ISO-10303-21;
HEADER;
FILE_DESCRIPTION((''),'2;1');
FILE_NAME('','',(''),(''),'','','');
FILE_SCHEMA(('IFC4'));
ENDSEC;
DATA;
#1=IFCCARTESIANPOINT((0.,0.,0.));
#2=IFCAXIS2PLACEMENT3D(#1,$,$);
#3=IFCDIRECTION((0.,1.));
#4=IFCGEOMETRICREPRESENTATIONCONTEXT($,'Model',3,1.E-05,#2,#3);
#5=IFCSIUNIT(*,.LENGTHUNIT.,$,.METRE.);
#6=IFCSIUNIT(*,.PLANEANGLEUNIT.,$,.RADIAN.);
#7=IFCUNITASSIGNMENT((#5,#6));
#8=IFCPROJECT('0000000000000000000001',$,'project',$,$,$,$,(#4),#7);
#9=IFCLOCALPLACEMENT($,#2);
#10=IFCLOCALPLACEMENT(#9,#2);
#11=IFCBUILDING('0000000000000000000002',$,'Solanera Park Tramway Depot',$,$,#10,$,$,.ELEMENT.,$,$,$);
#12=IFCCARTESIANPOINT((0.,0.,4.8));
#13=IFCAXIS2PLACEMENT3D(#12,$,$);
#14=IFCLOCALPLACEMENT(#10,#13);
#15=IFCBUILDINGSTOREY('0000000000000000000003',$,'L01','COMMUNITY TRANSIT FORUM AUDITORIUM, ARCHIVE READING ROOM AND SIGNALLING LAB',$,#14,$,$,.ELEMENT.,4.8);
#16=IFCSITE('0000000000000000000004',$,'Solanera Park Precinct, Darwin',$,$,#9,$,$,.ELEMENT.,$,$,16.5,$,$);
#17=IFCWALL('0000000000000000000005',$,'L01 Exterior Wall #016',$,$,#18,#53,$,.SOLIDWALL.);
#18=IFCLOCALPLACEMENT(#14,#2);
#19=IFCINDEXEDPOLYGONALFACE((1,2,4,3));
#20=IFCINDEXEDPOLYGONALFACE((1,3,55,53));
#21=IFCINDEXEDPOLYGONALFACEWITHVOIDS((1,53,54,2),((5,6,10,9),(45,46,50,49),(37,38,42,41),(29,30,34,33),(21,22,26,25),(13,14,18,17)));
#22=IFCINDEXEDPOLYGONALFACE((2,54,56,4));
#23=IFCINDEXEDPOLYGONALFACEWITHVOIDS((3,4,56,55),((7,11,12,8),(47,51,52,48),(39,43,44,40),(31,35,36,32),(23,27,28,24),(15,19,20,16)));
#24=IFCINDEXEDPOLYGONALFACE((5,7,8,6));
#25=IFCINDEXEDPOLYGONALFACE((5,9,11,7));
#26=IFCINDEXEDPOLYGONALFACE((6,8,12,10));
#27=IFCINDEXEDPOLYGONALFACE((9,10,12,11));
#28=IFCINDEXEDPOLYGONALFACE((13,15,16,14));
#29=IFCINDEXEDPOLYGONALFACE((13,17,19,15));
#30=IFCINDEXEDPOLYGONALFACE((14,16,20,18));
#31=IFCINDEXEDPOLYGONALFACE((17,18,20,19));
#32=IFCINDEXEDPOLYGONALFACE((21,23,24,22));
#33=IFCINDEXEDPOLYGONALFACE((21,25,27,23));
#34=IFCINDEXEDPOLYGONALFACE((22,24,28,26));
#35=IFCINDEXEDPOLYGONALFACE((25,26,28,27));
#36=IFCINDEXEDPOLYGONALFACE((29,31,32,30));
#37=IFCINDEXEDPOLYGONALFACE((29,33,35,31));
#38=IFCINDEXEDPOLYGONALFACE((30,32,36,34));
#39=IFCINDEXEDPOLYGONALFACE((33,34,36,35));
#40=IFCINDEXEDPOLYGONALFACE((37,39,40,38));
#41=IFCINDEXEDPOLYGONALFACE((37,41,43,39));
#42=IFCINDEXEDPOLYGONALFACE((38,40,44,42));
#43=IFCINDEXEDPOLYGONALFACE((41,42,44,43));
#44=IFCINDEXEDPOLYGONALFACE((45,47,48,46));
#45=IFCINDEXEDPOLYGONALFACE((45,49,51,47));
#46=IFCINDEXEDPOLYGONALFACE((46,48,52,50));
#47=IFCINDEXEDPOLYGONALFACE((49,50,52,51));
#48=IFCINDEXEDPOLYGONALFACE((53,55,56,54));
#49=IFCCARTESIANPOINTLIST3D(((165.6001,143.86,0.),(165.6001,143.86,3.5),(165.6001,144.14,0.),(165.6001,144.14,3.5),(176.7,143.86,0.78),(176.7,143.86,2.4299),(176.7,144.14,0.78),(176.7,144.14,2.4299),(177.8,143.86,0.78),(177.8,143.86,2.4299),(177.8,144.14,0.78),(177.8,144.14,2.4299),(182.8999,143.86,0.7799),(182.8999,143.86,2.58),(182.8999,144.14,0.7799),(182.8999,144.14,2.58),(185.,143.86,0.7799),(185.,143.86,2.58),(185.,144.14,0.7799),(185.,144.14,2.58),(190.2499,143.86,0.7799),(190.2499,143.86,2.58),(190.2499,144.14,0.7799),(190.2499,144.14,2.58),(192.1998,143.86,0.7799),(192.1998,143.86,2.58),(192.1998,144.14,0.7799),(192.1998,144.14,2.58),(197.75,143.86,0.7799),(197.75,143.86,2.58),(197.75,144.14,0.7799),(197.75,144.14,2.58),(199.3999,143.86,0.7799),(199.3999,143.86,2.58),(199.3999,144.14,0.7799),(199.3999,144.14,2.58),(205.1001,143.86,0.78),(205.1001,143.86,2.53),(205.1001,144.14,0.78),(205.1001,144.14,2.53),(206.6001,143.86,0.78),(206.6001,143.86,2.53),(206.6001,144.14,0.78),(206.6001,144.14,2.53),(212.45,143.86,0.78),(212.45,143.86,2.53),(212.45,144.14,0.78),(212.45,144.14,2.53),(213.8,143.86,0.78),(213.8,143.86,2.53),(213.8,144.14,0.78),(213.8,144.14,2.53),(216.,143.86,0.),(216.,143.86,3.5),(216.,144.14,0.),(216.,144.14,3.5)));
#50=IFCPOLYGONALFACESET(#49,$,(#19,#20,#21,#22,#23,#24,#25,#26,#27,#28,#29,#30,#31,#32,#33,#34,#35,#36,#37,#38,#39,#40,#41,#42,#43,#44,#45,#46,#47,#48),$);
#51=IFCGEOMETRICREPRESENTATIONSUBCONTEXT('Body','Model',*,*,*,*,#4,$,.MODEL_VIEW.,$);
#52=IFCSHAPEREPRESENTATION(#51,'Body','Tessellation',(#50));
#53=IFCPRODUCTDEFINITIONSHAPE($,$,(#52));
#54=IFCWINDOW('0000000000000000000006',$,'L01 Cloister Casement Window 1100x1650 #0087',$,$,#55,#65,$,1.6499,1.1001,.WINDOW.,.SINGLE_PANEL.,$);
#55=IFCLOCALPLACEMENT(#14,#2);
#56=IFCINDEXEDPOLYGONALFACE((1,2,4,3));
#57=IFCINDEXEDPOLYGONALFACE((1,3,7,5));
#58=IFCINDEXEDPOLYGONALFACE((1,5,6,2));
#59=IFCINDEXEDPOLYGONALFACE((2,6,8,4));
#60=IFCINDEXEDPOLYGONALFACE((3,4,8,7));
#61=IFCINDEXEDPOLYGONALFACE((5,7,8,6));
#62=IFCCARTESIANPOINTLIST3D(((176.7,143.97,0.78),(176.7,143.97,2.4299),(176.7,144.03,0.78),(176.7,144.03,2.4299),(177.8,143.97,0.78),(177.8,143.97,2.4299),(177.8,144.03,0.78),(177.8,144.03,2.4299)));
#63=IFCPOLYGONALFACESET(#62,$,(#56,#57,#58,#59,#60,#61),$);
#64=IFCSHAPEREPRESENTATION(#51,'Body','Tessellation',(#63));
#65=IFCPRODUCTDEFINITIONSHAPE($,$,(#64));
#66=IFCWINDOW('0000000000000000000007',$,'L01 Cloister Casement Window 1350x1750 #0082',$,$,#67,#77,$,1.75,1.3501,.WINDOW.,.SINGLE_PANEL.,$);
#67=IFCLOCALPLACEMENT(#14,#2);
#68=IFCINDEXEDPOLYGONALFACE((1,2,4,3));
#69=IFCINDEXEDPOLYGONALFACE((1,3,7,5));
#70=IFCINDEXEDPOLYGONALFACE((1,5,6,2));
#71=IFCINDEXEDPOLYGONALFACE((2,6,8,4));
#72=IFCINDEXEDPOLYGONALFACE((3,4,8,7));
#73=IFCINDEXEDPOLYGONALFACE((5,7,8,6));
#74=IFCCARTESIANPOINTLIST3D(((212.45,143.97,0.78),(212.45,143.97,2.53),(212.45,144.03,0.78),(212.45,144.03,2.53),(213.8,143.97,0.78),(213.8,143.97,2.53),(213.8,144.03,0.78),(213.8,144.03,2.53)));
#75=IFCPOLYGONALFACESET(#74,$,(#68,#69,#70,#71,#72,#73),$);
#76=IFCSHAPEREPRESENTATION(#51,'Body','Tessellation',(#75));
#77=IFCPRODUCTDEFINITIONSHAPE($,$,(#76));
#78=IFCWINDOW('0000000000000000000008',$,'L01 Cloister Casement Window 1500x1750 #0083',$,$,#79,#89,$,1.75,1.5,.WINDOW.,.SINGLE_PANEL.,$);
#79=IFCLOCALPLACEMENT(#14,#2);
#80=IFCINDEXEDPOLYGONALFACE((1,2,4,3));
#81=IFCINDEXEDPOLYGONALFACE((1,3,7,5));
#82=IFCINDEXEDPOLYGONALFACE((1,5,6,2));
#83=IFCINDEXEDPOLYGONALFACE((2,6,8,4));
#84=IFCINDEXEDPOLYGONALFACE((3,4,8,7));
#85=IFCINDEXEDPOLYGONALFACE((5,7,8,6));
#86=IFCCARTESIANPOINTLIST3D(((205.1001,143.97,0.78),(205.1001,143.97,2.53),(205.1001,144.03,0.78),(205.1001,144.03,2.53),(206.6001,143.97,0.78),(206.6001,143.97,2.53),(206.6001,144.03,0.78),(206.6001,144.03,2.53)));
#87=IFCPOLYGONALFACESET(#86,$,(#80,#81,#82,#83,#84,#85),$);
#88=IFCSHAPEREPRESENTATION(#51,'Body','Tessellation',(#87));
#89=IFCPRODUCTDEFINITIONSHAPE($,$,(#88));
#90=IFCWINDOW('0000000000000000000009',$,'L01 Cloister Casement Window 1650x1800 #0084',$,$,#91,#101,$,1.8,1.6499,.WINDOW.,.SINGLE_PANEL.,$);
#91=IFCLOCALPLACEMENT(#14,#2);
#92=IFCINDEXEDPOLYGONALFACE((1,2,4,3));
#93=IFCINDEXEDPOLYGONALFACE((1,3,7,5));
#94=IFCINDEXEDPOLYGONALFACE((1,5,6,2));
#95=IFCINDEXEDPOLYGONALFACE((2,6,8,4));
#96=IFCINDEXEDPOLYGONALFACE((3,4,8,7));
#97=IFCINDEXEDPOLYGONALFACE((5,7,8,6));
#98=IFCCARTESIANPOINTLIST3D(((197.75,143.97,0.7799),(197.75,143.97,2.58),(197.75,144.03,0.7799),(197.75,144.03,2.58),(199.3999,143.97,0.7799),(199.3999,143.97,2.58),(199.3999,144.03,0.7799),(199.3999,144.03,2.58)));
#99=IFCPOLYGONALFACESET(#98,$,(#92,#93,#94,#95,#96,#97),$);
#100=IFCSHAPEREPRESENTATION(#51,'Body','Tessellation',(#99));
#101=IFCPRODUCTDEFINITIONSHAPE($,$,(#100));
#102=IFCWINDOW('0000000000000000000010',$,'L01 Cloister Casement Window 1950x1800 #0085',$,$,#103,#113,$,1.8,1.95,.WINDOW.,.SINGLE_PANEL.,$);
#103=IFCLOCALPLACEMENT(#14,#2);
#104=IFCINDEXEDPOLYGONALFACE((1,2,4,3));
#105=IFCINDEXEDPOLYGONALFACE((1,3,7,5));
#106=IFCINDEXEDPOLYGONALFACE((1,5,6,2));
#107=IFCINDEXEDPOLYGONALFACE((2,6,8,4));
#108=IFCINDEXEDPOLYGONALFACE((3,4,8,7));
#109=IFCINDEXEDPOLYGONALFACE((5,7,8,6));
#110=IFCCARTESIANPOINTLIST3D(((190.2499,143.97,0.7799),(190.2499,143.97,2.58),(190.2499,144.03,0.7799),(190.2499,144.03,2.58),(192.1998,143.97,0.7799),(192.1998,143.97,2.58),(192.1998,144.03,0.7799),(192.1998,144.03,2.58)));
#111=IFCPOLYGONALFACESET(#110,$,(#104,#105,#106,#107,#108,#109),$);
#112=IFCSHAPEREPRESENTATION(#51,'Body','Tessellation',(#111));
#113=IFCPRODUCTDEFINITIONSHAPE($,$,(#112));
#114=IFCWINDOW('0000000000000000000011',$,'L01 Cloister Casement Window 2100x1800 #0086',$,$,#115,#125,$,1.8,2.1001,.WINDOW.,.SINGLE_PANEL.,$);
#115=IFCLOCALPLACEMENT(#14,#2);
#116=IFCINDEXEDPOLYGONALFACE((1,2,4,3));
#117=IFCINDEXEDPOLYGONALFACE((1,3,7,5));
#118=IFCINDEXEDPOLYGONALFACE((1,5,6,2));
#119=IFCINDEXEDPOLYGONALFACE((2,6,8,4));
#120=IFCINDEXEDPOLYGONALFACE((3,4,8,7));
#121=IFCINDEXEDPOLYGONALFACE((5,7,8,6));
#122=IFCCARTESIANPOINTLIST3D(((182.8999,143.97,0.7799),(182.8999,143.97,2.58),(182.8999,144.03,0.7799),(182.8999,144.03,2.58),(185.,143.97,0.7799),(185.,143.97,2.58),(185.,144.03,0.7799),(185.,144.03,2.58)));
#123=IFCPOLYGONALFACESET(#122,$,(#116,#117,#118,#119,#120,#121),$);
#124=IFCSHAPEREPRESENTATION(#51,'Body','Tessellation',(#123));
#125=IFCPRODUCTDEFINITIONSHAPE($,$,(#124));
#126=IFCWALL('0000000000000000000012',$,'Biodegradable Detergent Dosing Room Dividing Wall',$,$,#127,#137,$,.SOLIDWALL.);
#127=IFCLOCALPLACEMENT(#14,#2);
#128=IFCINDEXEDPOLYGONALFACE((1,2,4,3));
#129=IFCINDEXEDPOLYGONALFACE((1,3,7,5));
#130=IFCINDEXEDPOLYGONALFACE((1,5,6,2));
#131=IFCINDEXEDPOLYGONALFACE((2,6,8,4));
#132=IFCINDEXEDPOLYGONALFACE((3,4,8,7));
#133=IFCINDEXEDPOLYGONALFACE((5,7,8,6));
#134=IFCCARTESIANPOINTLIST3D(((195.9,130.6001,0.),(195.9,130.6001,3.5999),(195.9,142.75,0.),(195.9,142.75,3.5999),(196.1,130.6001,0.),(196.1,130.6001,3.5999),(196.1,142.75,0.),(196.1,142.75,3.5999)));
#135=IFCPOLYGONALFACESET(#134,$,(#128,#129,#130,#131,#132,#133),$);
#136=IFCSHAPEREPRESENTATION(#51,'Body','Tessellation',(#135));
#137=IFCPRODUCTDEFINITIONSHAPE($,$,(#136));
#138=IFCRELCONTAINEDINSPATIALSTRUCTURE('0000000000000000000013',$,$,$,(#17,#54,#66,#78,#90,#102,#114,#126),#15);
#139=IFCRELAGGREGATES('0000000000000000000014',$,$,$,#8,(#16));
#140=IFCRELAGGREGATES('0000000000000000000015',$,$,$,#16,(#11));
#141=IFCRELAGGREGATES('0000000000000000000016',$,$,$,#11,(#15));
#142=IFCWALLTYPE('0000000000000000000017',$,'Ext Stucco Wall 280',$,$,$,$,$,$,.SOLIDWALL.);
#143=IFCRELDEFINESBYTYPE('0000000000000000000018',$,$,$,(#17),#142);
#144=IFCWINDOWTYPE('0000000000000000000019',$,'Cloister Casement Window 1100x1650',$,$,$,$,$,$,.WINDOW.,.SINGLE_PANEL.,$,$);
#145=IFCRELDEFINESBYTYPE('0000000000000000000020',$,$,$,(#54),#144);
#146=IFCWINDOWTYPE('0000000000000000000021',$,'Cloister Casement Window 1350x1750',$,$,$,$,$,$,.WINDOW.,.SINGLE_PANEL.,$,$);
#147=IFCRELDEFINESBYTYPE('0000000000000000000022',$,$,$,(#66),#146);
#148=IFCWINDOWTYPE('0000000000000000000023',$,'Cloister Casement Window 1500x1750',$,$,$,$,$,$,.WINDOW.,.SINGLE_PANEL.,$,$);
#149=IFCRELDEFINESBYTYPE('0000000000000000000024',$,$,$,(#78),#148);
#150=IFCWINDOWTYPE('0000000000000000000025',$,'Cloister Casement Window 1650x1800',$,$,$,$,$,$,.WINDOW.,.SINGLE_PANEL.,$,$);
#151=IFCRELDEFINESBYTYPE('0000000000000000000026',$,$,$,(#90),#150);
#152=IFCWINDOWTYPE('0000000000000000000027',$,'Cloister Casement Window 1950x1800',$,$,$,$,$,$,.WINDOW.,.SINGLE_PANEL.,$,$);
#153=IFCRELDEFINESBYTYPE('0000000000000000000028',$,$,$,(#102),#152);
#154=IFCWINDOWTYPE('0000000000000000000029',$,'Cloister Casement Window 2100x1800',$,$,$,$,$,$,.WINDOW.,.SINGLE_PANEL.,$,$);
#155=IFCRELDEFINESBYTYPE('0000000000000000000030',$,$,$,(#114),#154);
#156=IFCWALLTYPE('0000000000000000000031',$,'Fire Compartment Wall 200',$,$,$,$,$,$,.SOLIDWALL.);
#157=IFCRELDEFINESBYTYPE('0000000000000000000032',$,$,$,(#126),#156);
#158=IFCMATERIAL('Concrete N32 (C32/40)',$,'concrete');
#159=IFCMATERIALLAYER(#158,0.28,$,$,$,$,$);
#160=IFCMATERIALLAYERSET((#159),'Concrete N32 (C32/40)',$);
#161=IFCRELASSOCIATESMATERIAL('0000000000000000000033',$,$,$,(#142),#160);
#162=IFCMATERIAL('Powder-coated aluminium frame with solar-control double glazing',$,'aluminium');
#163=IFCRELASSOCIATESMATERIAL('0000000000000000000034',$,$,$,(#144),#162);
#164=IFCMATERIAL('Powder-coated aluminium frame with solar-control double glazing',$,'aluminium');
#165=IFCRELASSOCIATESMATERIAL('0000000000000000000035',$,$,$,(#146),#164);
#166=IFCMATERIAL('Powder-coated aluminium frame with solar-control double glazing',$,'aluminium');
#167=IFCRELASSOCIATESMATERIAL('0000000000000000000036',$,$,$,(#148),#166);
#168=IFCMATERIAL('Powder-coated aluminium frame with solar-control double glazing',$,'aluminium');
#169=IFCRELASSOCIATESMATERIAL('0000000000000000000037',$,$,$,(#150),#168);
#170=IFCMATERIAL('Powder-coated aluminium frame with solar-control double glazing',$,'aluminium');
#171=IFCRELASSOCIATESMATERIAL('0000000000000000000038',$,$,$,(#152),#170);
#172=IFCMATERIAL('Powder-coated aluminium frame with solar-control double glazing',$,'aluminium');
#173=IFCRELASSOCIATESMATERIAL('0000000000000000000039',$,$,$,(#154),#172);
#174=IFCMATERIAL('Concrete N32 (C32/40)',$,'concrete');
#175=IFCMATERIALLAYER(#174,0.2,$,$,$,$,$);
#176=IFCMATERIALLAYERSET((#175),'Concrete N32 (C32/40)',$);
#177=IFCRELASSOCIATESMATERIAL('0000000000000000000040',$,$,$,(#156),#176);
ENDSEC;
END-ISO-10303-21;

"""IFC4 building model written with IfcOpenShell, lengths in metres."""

from ifc_helpers import new_model, si_unit, direction, frame, frame_2d, origin, place, context, subcontext, project, spatial, rectangle, extrude, material, layer, layer_set, type_object, element, fill, save


model = new_model("IFC4")

# Units and contexts
model_context = context("Model", 3, precision=1e-05, world=origin(), true_north=direction((0.0, 1.0)))
body_context = subcontext(model_context, "Body", "Model", "MODEL_VIEW")
ifc_project = project(units=[si_unit("LENGTHUNIT", "METRE"), si_unit("PLANEANGLEUNIT", "RADIAN")], contexts=[model_context])

# Site, building, storey
site_placement = place(None, origin())
site = spatial("IfcSite", under=ifc_project, at=site_placement, Name="Solanera Park Precinct, Darwin", CompositionType="ELEMENT", RefElevation=16.5)
building_placement = place(site_placement, origin())
building = spatial("IfcBuilding", under=site, at=building_placement, Name="Solanera Park Tramway Depot", CompositionType="ELEMENT")
storey_placement = place(building_placement, frame((0.0, 0.0, 4.8)))
storey = spatial("IfcBuildingStorey", under=building, at=storey_placement, Name="L01", Description="COMMUNITY TRANSIT FORUM AUDITORIUM, ARCHIVE READING ROOM AND SIGNALLING LAB", CompositionType="ELEMENT", Elevation=4.8)

# Wall, openings, windows
ifc_material_1 = material(Name="Concrete N32 (C32/40)", Category="concrete")
ifc_layer_1 = layer(ifc_material_1, 0.28)
ifc_layer_set_1 = layer_set([ifc_layer_1], Name="Concrete N32 (C32/40)")
wall_type_1 = type_object("IfcWallType", Name="Ext Stucco Wall 280", PredefinedType="SOLIDWALL", material=ifc_layer_set_1)
wall_1_placement = place(storey_placement, frame((216.0, 144.0, 0.0), z_axis=(0.0, 0.0, 1.0), x_axis=(-1.0, 0.0, 0.0)))
wall_1 = element("IfcWall", 1, at=wall_1_placement, inside=storey, type_object=wall_type_1, Name="L01 Exterior Wall #016", PredefinedType="SOLIDWALL", context=body_context, shape_type="SweptSolid", body=[
    extrude(rectangle(XDim=50.3999, YDim=0.28, at=frame_2d((25.2, 0.0))), origin(), (0.0, 0.0, 1.0), 3.5),
])
opening_1_placement = place(wall_1_placement, frame((2.2, 0.0, 0.78)))
opening_1 = element("IfcOpeningElement", 2, at=opening_1_placement, cuts=wall_1, PredefinedType="OPENING", context=body_context, shape_type="SweptSolid", body=[
    extrude(rectangle(XDim=1.3501, YDim=1.75, at=frame_2d((0.675, 0.875))), frame((0.0, 0.1499, 0.0), z_axis=(0.0, -1.0, 0.0), x_axis=(1.0, 0.0, 0.0)), (0.0, 0.0, 1.0), 0.3),
])
opening_2_placement = place(wall_1_placement, frame((9.3999, 0.0, 0.78)))
opening_2 = element("IfcOpeningElement", 3, at=opening_2_placement, cuts=wall_1, PredefinedType="OPENING", context=body_context, shape_type="SweptSolid", body=[
    extrude(rectangle(XDim=1.5, YDim=1.75, at=frame_2d((0.75, 0.875))), frame((0.0, 0.1499, 0.0), z_axis=(0.0, -1.0, 0.0), x_axis=(1.0, 0.0, 0.0)), (0.0, 0.0, 1.0), 0.3),
])
opening_3_placement = place(wall_1_placement, frame((16.6001, 0.0, 0.78)))
opening_3 = element("IfcOpeningElement", 4, at=opening_3_placement, cuts=wall_1, PredefinedType="OPENING", context=body_context, shape_type="SweptSolid", body=[
    extrude(rectangle(XDim=1.6499, YDim=1.8, at=frame_2d((0.825, 0.8999))), frame((0.0, 0.1499, 0.0), z_axis=(0.0, -1.0, 0.0), x_axis=(1.0, 0.0, 0.0)), (0.0, 0.0, 1.0), 0.3),
])
opening_4_placement = place(wall_1_placement, frame((23.8, 0.0, 0.78)))
opening_4 = element("IfcOpeningElement", 5, at=opening_4_placement, cuts=wall_1, PredefinedType="OPENING", context=body_context, shape_type="SweptSolid", body=[
    extrude(rectangle(XDim=1.95, YDim=1.8, at=frame_2d((0.9751, 0.8999))), frame((0.0, 0.1499, 0.0), z_axis=(0.0, -1.0, 0.0), x_axis=(1.0, 0.0, 0.0)), (0.0, 0.0, 1.0), 0.3),
])
opening_5_placement = place(wall_1_placement, frame((31.0, 0.0, 0.78)))
opening_5 = element("IfcOpeningElement", 6, at=opening_5_placement, cuts=wall_1, PredefinedType="OPENING", context=body_context, shape_type="SweptSolid", body=[
    extrude(rectangle(XDim=2.1001, YDim=1.8, at=frame_2d((1.05, 0.8999))), frame((0.0, 0.1499, 0.0), z_axis=(0.0, -1.0, 0.0), x_axis=(1.0, 0.0, 0.0)), (0.0, 0.0, 1.0), 0.3),
])
opening_6_placement = place(wall_1_placement, frame((38.2, 0.0, 0.78)))
opening_6 = element("IfcOpeningElement", 7, at=opening_6_placement, cuts=wall_1, PredefinedType="OPENING", context=body_context, shape_type="SweptSolid", body=[
    extrude(rectangle(XDim=1.1001, YDim=1.6499, at=frame_2d((0.55, 0.825))), frame((0.0, 0.1499, 0.0), z_axis=(0.0, -1.0, 0.0), x_axis=(1.0, 0.0, 0.0)), (0.0, 0.0, 1.0), 0.3),
])
ifc_material_2 = material(Name="Powder-coated aluminium frame with solar-control double glazing", Category="aluminium")
window_type_1 = type_object("IfcWindowType", Name="Cloister Casement Window 1100x1650", PartitioningType="SINGLE_PANEL", PredefinedType="WINDOW", material=ifc_material_2)
window_1_placement = place(opening_6_placement, origin())
window_1 = element("IfcWindow", 8, at=window_1_placement, inside=storey, type_object=window_type_1, Name="L01 Cloister Casement Window 1100x1650 #0087", OverallHeight=1.6499, OverallWidth=1.1001, PartitioningType="SINGLE_PANEL", PredefinedType="WINDOW", context=body_context, shape_type="SweptSolid", body=[
    extrude(rectangle(XDim=1.1001, YDim=1.6499, at=frame_2d((0.55, 0.825))), frame((0.0, 0.03, 0.0), z_axis=(0.0, -1.0, 0.0), x_axis=(1.0, 0.0, 0.0)), (0.0, 0.0, 1.0), 0.0601),
])
fill(opening_6, window_1)
ifc_material_3 = material(Name="Powder-coated aluminium frame with solar-control double glazing", Category="aluminium")
window_type_2 = type_object("IfcWindowType", Name="Cloister Casement Window 1350x1750", PartitioningType="SINGLE_PANEL", PredefinedType="WINDOW", material=ifc_material_3)
window_2_placement = place(opening_1_placement, origin())
window_2 = element("IfcWindow", 9, at=window_2_placement, inside=storey, type_object=window_type_2, Name="L01 Cloister Casement Window 1350x1750 #0082", OverallHeight=1.75, OverallWidth=1.3501, PartitioningType="SINGLE_PANEL", PredefinedType="WINDOW", context=body_context, shape_type="SweptSolid", body=[
    extrude(rectangle(XDim=1.3501, YDim=1.75, at=frame_2d((0.675, 0.875))), frame((0.0, 0.03, 0.0), z_axis=(0.0, -1.0, 0.0), x_axis=(1.0, 0.0, 0.0)), (0.0, 0.0, 1.0), 0.0601),
])
fill(opening_1, window_2)
ifc_material_4 = material(Name="Powder-coated aluminium frame with solar-control double glazing", Category="aluminium")
window_type_3 = type_object("IfcWindowType", Name="Cloister Casement Window 1500x1750", PartitioningType="SINGLE_PANEL", PredefinedType="WINDOW", material=ifc_material_4)
window_3_placement = place(opening_2_placement, origin())
window_3 = element("IfcWindow", 10, at=window_3_placement, inside=storey, type_object=window_type_3, Name="L01 Cloister Casement Window 1500x1750 #0083", OverallHeight=1.75, OverallWidth=1.5, PartitioningType="SINGLE_PANEL", PredefinedType="WINDOW", context=body_context, shape_type="SweptSolid", body=[
    extrude(rectangle(XDim=1.5, YDim=1.75, at=frame_2d((0.75, 0.875))), frame((0.0, 0.03, 0.0), z_axis=(0.0, -1.0, 0.0), x_axis=(1.0, 0.0, 0.0)), (0.0, 0.0, 1.0), 0.0601),
])
fill(opening_2, window_3)
ifc_material_5 = material(Name="Powder-coated aluminium frame with solar-control double glazing", Category="aluminium")
window_type_4 = type_object("IfcWindowType", Name="Cloister Casement Window 1650x1800", PartitioningType="SINGLE_PANEL", PredefinedType="WINDOW", material=ifc_material_5)
window_4_placement = place(opening_3_placement, origin())
window_4 = element("IfcWindow", 11, at=window_4_placement, inside=storey, type_object=window_type_4, Name="L01 Cloister Casement Window 1650x1800 #0084", OverallHeight=1.8, OverallWidth=1.6499, PartitioningType="SINGLE_PANEL", PredefinedType="WINDOW", context=body_context, shape_type="SweptSolid", body=[
    extrude(rectangle(XDim=1.6499, YDim=1.8, at=frame_2d((0.825, 0.8999))), frame((0.0, 0.03, 0.0), z_axis=(0.0, -1.0, 0.0), x_axis=(1.0, 0.0, 0.0)), (0.0, 0.0, 1.0), 0.0601),
])
fill(opening_3, window_4)
ifc_material_6 = material(Name="Powder-coated aluminium frame with solar-control double glazing", Category="aluminium")
window_type_5 = type_object("IfcWindowType", Name="Cloister Casement Window 1950x1800", PartitioningType="SINGLE_PANEL", PredefinedType="WINDOW", material=ifc_material_6)
window_5_placement = place(opening_4_placement, origin())
window_5 = element("IfcWindow", 12, at=window_5_placement, inside=storey, type_object=window_type_5, Name="L01 Cloister Casement Window 1950x1800 #0085", OverallHeight=1.8, OverallWidth=1.95, PartitioningType="SINGLE_PANEL", PredefinedType="WINDOW", context=body_context, shape_type="SweptSolid", body=[
    extrude(rectangle(XDim=1.95, YDim=1.8, at=frame_2d((0.9751, 0.8999))), frame((0.0, 0.03, 0.0), z_axis=(0.0, -1.0, 0.0), x_axis=(1.0, 0.0, 0.0)), (0.0, 0.0, 1.0), 0.0601),
])
fill(opening_4, window_5)
ifc_material_7 = material(Name="Powder-coated aluminium frame with solar-control double glazing", Category="aluminium")
window_type_6 = type_object("IfcWindowType", Name="Cloister Casement Window 2100x1800", PartitioningType="SINGLE_PANEL", PredefinedType="WINDOW", material=ifc_material_7)
window_6_placement = place(opening_5_placement, origin())
window_6 = element("IfcWindow", 13, at=window_6_placement, inside=storey, type_object=window_type_6, Name="L01 Cloister Casement Window 2100x1800 #0086", OverallHeight=1.8, OverallWidth=2.1001, PartitioningType="SINGLE_PANEL", PredefinedType="WINDOW", context=body_context, shape_type="SweptSolid", body=[
    extrude(rectangle(XDim=2.1001, YDim=1.8, at=frame_2d((1.05, 0.8999))), frame((0.0, 0.03, 0.0), z_axis=(0.0, -1.0, 0.0), x_axis=(1.0, 0.0, 0.0)), (0.0, 0.0, 1.0), 0.0601),
])
fill(opening_5, window_6)

# Wall
ifc_material_8 = material(Name="Concrete N32 (C32/40)", Category="concrete")
ifc_layer_2 = layer(ifc_material_8, 0.2)
ifc_layer_set_2 = layer_set([ifc_layer_2], Name="Concrete N32 (C32/40)")
wall_type_2 = type_object("IfcWallType", Name="Fire Compartment Wall 200", PredefinedType="SOLIDWALL", material=ifc_layer_set_2)
wall_2_placement = place(storey_placement, frame((196.0, 130.6001, 0.0), z_axis=(0.0, 0.0, 1.0), x_axis=(0.0, 1.0, 0.0)))
element("IfcWall", 14, at=wall_2_placement, inside=storey, type_object=wall_type_2, Name="Biodegradable Detergent Dosing Room Dividing Wall", PredefinedType="SOLIDWALL", context=body_context, shape_type="SweptSolid", body=[
    extrude(rectangle(XDim=12.1499, YDim=0.2, at=frame_2d((6.075, 0.0))), origin(), (0.0, 0.0, 1.0), 3.5999),
])

save(model, "model.ifc")
